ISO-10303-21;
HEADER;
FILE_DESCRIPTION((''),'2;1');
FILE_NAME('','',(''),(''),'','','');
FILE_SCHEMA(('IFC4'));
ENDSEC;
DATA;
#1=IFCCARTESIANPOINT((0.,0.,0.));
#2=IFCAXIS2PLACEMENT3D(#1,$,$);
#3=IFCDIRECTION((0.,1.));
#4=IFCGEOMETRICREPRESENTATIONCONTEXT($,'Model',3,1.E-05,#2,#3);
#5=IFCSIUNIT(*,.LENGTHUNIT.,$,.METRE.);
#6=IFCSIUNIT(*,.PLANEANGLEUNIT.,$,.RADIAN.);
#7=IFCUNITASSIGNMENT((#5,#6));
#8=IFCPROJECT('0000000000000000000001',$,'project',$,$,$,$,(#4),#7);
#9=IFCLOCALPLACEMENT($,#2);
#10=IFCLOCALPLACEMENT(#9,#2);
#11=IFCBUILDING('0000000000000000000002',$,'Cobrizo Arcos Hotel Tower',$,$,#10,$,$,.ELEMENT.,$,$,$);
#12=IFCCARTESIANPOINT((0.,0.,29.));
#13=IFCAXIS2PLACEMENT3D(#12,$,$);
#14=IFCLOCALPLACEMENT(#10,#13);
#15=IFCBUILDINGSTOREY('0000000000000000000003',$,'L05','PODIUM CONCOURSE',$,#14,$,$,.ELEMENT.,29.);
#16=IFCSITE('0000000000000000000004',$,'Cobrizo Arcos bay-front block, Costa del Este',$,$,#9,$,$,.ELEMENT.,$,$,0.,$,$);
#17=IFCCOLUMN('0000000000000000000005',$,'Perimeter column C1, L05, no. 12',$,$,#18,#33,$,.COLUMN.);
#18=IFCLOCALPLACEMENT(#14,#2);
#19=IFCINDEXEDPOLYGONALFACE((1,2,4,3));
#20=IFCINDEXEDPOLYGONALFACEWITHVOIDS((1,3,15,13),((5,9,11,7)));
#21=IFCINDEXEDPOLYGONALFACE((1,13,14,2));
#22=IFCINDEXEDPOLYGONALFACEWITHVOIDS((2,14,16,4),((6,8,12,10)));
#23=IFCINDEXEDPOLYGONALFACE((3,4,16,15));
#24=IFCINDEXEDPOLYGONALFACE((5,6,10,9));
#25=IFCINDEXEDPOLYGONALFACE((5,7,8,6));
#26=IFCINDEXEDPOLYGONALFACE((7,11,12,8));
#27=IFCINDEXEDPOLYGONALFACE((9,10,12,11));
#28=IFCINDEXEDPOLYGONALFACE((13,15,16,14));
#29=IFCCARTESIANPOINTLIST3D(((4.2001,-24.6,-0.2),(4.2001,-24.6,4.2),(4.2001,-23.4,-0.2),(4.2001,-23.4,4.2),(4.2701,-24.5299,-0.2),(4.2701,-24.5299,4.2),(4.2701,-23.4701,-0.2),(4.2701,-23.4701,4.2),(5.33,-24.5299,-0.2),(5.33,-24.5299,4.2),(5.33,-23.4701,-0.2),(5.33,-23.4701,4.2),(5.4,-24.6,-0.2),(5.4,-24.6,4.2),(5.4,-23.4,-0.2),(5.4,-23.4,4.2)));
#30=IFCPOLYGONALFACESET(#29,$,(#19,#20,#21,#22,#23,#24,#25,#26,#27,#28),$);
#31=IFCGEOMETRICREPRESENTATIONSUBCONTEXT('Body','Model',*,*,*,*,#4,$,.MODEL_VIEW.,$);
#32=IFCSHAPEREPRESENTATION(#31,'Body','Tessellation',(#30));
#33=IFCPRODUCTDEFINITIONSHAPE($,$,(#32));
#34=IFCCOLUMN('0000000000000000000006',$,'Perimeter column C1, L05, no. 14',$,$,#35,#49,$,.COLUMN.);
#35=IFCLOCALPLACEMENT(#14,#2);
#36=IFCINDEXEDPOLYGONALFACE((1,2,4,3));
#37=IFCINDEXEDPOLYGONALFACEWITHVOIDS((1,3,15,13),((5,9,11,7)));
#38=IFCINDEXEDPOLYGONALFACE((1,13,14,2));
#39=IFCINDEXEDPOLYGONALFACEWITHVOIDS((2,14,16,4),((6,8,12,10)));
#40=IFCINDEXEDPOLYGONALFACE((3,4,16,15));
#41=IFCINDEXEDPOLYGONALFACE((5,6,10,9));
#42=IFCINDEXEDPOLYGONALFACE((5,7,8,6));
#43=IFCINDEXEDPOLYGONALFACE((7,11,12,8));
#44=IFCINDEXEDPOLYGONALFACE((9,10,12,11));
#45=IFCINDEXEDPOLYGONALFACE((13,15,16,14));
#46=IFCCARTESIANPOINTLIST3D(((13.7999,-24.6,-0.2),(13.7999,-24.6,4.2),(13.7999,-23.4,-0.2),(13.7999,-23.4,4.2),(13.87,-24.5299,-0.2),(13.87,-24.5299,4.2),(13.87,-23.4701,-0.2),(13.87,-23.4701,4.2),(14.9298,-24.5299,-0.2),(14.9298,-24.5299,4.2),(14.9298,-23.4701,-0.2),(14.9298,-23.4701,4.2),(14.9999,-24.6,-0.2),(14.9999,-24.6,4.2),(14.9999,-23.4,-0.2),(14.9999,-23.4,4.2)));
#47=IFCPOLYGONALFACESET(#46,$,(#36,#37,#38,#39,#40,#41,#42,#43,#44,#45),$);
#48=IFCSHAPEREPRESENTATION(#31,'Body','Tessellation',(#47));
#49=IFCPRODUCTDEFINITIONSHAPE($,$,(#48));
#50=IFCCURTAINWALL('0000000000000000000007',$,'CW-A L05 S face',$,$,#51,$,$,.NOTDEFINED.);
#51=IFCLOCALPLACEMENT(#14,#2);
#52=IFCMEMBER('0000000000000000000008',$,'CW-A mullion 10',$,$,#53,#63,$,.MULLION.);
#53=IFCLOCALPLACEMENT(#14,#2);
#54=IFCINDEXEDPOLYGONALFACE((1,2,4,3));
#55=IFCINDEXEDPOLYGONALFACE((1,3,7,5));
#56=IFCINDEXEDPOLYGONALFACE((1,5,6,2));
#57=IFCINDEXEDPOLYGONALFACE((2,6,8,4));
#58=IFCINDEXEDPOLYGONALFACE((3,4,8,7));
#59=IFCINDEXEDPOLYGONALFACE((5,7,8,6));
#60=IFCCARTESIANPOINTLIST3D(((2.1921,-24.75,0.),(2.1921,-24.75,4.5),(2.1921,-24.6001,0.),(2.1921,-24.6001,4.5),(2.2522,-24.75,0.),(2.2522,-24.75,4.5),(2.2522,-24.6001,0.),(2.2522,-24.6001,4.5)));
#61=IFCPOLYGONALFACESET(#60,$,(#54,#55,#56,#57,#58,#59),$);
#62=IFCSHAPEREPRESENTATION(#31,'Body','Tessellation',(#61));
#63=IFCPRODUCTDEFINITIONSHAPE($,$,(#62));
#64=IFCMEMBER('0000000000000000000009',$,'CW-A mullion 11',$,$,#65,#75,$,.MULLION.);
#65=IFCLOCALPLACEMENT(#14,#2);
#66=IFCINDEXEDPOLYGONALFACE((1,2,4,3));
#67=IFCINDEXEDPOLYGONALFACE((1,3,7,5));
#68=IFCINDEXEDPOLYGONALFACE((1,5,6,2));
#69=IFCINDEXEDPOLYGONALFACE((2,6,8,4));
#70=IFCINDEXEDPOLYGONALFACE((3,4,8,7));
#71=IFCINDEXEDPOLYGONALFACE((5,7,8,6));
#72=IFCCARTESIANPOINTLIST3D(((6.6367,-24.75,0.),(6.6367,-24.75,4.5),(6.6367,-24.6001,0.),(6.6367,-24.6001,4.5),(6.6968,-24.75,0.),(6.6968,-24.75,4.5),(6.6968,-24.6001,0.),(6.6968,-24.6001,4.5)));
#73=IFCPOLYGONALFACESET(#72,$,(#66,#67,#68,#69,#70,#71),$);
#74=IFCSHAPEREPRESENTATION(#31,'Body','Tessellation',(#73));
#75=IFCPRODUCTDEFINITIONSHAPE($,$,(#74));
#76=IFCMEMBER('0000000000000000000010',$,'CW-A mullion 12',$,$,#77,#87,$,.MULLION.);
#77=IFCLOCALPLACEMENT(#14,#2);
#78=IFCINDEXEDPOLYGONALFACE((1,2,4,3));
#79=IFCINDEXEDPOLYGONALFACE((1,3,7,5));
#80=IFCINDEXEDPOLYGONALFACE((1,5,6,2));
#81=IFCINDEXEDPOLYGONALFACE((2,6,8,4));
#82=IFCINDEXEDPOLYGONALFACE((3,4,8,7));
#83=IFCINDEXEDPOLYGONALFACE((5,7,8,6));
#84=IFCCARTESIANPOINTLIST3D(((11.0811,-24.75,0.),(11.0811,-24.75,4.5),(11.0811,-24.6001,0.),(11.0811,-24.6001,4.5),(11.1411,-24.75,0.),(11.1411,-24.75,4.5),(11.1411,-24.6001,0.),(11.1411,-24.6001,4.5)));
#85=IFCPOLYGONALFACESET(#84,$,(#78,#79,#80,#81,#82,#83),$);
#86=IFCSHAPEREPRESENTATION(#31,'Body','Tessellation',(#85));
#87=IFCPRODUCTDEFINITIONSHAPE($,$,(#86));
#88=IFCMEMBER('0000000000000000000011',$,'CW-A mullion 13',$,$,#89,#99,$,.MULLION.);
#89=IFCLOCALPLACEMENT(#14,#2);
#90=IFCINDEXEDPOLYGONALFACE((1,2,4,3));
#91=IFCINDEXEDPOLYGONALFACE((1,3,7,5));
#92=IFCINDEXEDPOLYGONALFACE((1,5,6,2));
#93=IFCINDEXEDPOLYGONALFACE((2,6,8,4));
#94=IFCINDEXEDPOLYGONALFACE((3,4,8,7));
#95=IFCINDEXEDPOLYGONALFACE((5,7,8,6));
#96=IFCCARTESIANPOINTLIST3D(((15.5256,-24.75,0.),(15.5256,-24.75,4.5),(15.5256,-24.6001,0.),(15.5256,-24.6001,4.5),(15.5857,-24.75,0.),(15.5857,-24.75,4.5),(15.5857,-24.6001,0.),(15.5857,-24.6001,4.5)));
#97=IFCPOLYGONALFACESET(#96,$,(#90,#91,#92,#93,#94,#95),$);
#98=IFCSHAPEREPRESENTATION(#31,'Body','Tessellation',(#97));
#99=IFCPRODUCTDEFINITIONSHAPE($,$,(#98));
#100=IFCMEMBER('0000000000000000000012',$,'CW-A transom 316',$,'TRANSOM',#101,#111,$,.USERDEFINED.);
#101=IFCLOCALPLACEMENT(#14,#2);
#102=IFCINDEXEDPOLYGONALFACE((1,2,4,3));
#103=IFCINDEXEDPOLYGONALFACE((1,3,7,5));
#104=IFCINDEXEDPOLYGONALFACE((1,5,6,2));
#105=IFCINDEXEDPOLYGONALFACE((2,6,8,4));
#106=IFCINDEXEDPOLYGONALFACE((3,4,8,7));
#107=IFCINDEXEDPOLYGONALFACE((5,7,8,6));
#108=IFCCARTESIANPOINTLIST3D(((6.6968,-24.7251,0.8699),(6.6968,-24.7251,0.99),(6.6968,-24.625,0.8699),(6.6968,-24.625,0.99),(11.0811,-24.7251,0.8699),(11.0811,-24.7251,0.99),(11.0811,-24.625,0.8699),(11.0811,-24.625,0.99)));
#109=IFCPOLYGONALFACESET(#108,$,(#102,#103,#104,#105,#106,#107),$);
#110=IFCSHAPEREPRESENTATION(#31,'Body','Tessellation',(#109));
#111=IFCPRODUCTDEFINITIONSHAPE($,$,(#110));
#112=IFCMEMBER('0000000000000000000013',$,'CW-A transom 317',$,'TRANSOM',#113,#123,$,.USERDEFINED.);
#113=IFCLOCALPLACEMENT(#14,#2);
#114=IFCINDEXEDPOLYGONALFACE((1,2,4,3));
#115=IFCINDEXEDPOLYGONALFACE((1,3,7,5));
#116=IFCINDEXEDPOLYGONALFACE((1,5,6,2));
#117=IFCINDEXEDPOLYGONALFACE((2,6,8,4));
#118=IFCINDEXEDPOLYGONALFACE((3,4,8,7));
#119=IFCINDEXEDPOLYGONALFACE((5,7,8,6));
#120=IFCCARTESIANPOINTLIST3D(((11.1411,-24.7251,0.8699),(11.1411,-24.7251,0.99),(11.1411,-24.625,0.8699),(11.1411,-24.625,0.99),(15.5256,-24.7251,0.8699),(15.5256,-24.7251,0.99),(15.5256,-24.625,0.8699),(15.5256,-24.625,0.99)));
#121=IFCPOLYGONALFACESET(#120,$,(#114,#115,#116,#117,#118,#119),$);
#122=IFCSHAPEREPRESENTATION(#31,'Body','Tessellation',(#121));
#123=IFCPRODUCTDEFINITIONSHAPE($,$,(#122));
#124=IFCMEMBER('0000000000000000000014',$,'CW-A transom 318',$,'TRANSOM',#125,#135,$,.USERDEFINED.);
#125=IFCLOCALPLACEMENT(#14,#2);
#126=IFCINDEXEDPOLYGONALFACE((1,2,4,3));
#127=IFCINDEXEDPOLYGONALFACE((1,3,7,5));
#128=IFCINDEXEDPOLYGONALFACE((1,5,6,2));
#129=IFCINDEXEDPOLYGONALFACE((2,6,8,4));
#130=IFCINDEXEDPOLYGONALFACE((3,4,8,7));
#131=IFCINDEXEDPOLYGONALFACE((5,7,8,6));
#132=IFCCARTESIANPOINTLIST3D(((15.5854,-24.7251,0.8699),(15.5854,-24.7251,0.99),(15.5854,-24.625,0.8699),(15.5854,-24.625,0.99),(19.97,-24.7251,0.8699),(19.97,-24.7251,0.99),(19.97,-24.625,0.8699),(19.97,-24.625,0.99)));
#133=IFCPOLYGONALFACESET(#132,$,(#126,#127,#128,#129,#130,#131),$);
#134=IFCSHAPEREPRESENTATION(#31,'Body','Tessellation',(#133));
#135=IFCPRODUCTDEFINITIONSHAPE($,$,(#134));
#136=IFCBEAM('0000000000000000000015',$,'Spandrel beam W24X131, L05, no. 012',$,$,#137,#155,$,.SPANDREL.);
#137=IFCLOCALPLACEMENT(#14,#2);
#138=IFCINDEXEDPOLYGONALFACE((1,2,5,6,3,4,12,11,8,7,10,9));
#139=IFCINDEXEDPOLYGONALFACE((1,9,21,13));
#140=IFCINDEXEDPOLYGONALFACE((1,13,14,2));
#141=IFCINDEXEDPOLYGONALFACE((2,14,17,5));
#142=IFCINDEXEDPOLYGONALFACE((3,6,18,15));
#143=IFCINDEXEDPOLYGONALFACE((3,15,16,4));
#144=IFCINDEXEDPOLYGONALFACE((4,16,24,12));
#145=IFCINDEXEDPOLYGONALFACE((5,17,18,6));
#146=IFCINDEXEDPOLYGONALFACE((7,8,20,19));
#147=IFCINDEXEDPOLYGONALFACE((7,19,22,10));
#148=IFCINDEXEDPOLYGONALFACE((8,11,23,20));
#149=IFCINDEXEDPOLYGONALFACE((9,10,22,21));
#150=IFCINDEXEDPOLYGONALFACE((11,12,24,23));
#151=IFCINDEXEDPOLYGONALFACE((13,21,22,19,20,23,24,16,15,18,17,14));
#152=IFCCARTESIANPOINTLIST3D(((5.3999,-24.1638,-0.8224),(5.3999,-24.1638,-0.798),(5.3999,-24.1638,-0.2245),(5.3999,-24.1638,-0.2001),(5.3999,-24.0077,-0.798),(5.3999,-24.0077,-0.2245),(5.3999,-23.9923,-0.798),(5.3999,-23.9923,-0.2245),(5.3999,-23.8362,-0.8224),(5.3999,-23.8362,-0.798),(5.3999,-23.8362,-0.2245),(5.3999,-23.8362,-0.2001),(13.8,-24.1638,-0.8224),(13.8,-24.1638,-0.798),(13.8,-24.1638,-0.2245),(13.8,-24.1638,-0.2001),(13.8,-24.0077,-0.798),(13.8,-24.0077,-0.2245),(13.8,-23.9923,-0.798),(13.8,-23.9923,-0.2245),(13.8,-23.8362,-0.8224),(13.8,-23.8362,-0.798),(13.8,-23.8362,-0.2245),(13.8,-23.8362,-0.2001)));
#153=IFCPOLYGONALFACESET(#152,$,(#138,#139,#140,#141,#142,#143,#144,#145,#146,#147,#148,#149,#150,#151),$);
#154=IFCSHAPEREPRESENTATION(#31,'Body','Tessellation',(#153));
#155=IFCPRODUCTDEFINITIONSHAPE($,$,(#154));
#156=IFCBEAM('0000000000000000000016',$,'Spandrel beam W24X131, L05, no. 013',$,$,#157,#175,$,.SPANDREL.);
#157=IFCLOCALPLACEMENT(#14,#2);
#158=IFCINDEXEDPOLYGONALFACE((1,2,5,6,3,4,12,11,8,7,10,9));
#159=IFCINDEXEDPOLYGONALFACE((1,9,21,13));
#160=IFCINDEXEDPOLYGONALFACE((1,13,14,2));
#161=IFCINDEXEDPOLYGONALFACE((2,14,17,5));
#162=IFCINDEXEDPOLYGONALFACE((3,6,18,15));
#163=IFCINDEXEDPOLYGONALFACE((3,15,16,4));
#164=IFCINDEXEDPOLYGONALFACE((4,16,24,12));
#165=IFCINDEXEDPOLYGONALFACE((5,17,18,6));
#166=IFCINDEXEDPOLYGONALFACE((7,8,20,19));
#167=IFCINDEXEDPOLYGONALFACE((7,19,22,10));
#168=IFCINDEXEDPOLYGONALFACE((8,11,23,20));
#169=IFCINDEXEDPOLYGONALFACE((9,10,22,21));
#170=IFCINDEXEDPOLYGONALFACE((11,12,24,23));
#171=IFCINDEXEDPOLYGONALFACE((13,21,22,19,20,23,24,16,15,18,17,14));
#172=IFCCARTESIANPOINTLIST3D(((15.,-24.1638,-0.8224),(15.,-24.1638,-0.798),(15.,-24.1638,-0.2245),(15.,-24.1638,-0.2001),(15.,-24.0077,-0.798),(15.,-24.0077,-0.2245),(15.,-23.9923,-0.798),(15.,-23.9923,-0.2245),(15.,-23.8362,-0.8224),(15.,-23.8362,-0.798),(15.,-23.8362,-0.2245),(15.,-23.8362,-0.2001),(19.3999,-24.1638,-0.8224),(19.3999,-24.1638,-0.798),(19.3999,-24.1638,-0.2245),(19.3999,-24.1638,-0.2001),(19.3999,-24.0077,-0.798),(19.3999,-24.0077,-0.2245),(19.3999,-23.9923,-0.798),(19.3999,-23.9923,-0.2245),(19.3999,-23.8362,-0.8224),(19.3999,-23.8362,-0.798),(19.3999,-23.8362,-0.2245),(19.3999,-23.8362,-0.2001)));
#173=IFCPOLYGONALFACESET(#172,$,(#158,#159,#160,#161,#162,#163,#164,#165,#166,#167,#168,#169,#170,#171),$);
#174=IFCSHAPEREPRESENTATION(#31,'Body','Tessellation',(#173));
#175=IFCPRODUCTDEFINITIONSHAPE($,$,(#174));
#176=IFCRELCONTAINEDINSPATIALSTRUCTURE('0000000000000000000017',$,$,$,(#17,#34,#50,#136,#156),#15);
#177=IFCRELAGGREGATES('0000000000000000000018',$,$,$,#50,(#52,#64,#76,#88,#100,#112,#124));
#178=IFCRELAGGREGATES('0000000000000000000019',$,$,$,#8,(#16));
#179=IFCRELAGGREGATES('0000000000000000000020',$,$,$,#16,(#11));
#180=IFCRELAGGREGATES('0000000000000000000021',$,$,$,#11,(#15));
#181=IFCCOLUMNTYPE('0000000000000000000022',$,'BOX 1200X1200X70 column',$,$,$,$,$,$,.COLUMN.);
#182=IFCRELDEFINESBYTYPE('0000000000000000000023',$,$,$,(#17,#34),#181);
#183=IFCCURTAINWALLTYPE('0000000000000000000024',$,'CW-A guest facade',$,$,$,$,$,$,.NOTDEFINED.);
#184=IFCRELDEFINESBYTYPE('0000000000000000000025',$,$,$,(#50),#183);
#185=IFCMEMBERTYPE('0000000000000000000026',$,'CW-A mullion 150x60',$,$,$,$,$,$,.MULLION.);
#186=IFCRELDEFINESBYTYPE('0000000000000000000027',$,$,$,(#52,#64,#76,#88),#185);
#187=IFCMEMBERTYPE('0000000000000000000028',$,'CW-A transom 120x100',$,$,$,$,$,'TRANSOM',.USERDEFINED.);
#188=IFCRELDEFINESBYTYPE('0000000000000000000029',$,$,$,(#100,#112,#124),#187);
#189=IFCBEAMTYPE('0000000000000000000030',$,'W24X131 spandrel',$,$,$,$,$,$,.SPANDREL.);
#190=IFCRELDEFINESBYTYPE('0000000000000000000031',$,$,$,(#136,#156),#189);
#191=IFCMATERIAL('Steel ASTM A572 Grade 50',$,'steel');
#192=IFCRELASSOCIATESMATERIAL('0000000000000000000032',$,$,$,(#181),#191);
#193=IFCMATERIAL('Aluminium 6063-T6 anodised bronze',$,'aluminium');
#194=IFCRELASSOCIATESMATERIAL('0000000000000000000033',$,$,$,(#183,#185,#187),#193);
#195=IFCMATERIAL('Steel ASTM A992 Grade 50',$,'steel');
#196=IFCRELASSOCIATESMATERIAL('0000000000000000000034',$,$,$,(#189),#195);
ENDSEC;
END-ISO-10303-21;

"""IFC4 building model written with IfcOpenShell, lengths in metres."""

from ifc_helpers import new_model, si_unit, direction, frame, origin, origin_2d, place, context, subcontext, project, spatial, rectangle, hollow_rectangle, i_section, extrude, material, material_profile, profile_set, type_object, element, aggregate, save


model = new_model("IFC4")

# Units and contexts
model_context = context("Model", 3, precision=1e-05, world=origin(), true_north=direction((0.0, 1.0)))
body_context = subcontext(model_context, "Body", "Model", "MODEL_VIEW")
ifc_project = project(units=[si_unit("LENGTHUNIT", "METRE"), si_unit("PLANEANGLEUNIT", "RADIAN")], contexts=[model_context])

# Site, building, storey
site_placement = place(None, origin())
site = spatial("IfcSite", under=ifc_project, at=site_placement, Name="Cobrizo Arcos bay-front block, Costa del Este", CompositionType="ELEMENT", RefElevation=0.0)
building_placement = place(site_placement, origin())
building = spatial("IfcBuilding", under=site, at=building_placement, Name="Cobrizo Arcos Hotel Tower", CompositionType="ELEMENT")
storey_placement = place(building_placement, frame((0.0, 0.0, 29.0)))
storey = spatial("IfcBuildingStorey", under=building, at=storey_placement, Name="L05", Description="PODIUM CONCOURSE", CompositionType="ELEMENT", Elevation=29.0)

# Columns
ifc_material_1 = material(Name="Steel ASTM A572 Grade 50", Category="steel")
ifc_material_profile_1 = material_profile(ifc_material_1, hollow_rectangle(XDim=1.2, YDim=1.2, WallThickness=0.0701, at=origin_2d()), Name="BOX 1200X1200X70")
ifc_profile_set_1 = profile_set([ifc_material_profile_1], Name="Steel ASTM A572 Grade 50")
column_type = type_object("IfcColumnType", Name="BOX 1200X1200X70 column", PredefinedType="COLUMN", material=ifc_profile_set_1)
for number, where, z_axis, x_axis, name in (
    (1, (4.8, -24.0, -0.2), (0.0, 0.0, 1.0), (1.0, 0.0, 0.0), "Perimeter column C1, L05, no. 12"),
    (2, (14.3999, -24.0, -0.2), (0.0, 0.0, 1.0), (1.0, 0.0, 0.0), "Perimeter column C1, L05, no. 14"),
):
    element("IfcColumn", number, at=place(storey_placement, frame(where, z_axis=z_axis, x_axis=x_axis)), inside=storey, type_object=column_type, Name=name, PredefinedType="COLUMN", context=body_context, shape_type="SweptSolid", body=[
        extrude(hollow_rectangle(XDim=1.2, YDim=1.2, WallThickness=0.0701, at=origin_2d()), origin(), (0.0, 0.0, 1.0), 4.3999),
    ])

# Curtain wall, members
ifc_material_2 = material(Name="Aluminium 6063-T6 anodised bronze", Category="aluminium")
curtain_wall_type = type_object("IfcCurtainWallType", Name="CW-A guest facade", PredefinedType="NOTDEFINED", material=ifc_material_2)
curtain_wall_placement = place(storey_placement, origin())
curtain_wall = element("IfcCurtainWall", 3, at=curtain_wall_placement, inside=storey, type_object=curtain_wall_type, Name="CW-A L05 S face", PredefinedType="NOTDEFINED")
ifc_material_profile_2 = material_profile(ifc_material_2, rectangle(XDim=0.1499, YDim=0.0601, at=origin_2d()), Name="CW-A mullion 150x60")
ifc_profile_set_2 = profile_set([ifc_material_profile_2], Name="Aluminium 6063-T6 anodised bronze")
member_type_1 = type_object("IfcMemberType", Name="CW-A mullion 150x60", PredefinedType="MULLION", material=ifc_profile_set_2)
member_1_placement = place(storey_placement, frame((2.2222, -24.675, 0.0), z_axis=(0.0, 0.0, 1.0), x_axis=(0.0, -1.0, 0.0)))
member_1 = element("IfcMember", 4, at=member_1_placement, type_object=member_type_1, Name="CW-A mullion 10", PredefinedType="MULLION", context=body_context, shape_type="SweptSolid", body=[
    extrude(rectangle(XDim=0.1499, YDim=0.0601, at=origin_2d()), origin(), (0.0, 0.0, 1.0), 4.5),
])
member_2_placement = place(storey_placement, frame((6.6667, -24.675, 0.0), z_axis=(0.0, 0.0, 1.0), x_axis=(0.0, -1.0, 0.0)))
member_2 = element("IfcMember", 5, at=member_2_placement, type_object=member_type_1, Name="CW-A mullion 11", PredefinedType="MULLION", context=body_context, shape_type="SweptSolid", body=[
    extrude(rectangle(XDim=0.1499, YDim=0.0601, at=origin_2d()), origin(), (0.0, 0.0, 1.0), 4.5),
])
member_3_placement = place(storey_placement, frame((11.1111, -24.675, 0.0), z_axis=(0.0, 0.0, 1.0), x_axis=(0.0, -1.0, 0.0)))
member_3 = element("IfcMember", 6, at=member_3_placement, type_object=member_type_1, Name="CW-A mullion 12", PredefinedType="MULLION", context=body_context, shape_type="SweptSolid", body=[
    extrude(rectangle(XDim=0.1499, YDim=0.0601, at=origin_2d()), origin(), (0.0, 0.0, 1.0), 4.5),
])
member_4_placement = place(storey_placement, frame((15.5557, -24.675, 0.0), z_axis=(0.0, 0.0, 1.0), x_axis=(0.0, -1.0, 0.0)))
member_4 = element("IfcMember", 7, at=member_4_placement, type_object=member_type_1, Name="CW-A mullion 13", PredefinedType="MULLION", context=body_context, shape_type="SweptSolid", body=[
    extrude(rectangle(XDim=0.1499, YDim=0.0601, at=origin_2d()), origin(), (0.0, 0.0, 1.0), 4.5),
])
ifc_material_profile_3 = material_profile(ifc_material_2, rectangle(XDim=0.1001, YDim=0.1201, at=origin_2d()), Name="CW-A transom 120x100")
ifc_profile_set_3 = profile_set([ifc_material_profile_3], Name="Aluminium 6063-T6 anodised bronze")
member_type_2 = type_object("IfcMemberType", Name="CW-A transom 120x100", ElementType="TRANSOM", PredefinedType="USERDEFINED", material=ifc_profile_set_3)
member_5_placement = place(storey_placement, frame((6.6968, -24.675, 0.9299), z_axis=(1.0, 0.0, 0.0), x_axis=(0.0, 1.0, 0.0)))
member_5 = element("IfcMember", 8, at=member_5_placement, type_object=member_type_2, Name="CW-A transom 316", ObjectType="TRANSOM", PredefinedType="USERDEFINED", context=body_context, shape_type="SweptSolid", body=[
    extrude(rectangle(XDim=0.1001, YDim=0.1201, at=origin_2d()), origin(), (0.0, 0.0, 1.0), 4.3843),
])
member_6_placement = place(storey_placement, frame((11.1411, -24.675, 0.9299), z_axis=(1.0, 0.0, 0.0), x_axis=(0.0, 1.0, 0.0)))
member_6 = element("IfcMember", 9, at=member_6_placement, type_object=member_type_2, Name="CW-A transom 317", ObjectType="TRANSOM", PredefinedType="USERDEFINED", context=body_context, shape_type="SweptSolid", body=[
    extrude(rectangle(XDim=0.1001, YDim=0.1201, at=origin_2d()), origin(), (0.0, 0.0, 1.0), 4.3845),
])
member_7_placement = place(storey_placement, frame((15.5854, -24.675, 0.9299), z_axis=(1.0, 0.0, 0.0), x_axis=(0.0, 1.0, 0.0)))
member_7 = element("IfcMember", 10, at=member_7_placement, type_object=member_type_2, Name="CW-A transom 318", ObjectType="TRANSOM", PredefinedType="USERDEFINED", context=body_context, shape_type="SweptSolid", body=[
    extrude(rectangle(XDim=0.1001, YDim=0.1201, at=origin_2d()), origin(), (0.0, 0.0, 1.0), 4.3845),
])

# Beams
ifc_material_3 = material(Name="Steel ASTM A992 Grade 50", Category="steel")
ifc_material_profile_4 = material_profile(ifc_material_3, i_section(OverallWidth=0.3276, OverallDepth=0.6223, WebThickness=0.0154, FlangeThickness=0.0244, at=origin_2d()), Name="W24X131")
ifc_profile_set_4 = profile_set([ifc_material_profile_4], Name="Steel ASTM A992 Grade 50")
beam_type_1 = type_object("IfcBeamType", Name="W24X131 spandrel", PredefinedType="SPANDREL", material=ifc_profile_set_4)
beam_1_placement = place(storey_placement, frame((5.3999, -24.0, -0.5112), z_axis=(1.0, 0.0, 0.0), x_axis=(0.0, 1.0, 0.0)))
element("IfcBeam", 11, at=beam_1_placement, inside=storey, type_object=beam_type_1, Name="Spandrel beam W24X131, L05, no. 012", PredefinedType="SPANDREL", context=body_context, shape_type="SweptSolid", body=[
    extrude(i_section(OverallWidth=0.3276, OverallDepth=0.6223, WebThickness=0.0154, FlangeThickness=0.0244, at=origin_2d()), origin(), (0.0, 0.0, 1.0), 8.4001),
])
beam_2_placement = place(storey_placement, frame((15.0, -24.0, -0.5112), z_axis=(1.0, 0.0, 0.0), x_axis=(0.0, 1.0, 0.0)))
element("IfcBeam", 12, at=beam_2_placement, inside=storey, type_object=beam_type_1, Name="Spandrel beam W24X131, L05, no. 013", PredefinedType="SPANDREL", context=body_context, shape_type="SweptSolid", body=[
    extrude(i_section(OverallWidth=0.3276, OverallDepth=0.6223, WebThickness=0.0154, FlangeThickness=0.0244, at=origin_2d()), origin(), (0.0, 0.0, 1.0), 4.3999),
])

aggregate(curtain_wall, [member_1, member_2, member_3, member_4, member_5, member_6, member_7])

save(model, "model.ifc")
